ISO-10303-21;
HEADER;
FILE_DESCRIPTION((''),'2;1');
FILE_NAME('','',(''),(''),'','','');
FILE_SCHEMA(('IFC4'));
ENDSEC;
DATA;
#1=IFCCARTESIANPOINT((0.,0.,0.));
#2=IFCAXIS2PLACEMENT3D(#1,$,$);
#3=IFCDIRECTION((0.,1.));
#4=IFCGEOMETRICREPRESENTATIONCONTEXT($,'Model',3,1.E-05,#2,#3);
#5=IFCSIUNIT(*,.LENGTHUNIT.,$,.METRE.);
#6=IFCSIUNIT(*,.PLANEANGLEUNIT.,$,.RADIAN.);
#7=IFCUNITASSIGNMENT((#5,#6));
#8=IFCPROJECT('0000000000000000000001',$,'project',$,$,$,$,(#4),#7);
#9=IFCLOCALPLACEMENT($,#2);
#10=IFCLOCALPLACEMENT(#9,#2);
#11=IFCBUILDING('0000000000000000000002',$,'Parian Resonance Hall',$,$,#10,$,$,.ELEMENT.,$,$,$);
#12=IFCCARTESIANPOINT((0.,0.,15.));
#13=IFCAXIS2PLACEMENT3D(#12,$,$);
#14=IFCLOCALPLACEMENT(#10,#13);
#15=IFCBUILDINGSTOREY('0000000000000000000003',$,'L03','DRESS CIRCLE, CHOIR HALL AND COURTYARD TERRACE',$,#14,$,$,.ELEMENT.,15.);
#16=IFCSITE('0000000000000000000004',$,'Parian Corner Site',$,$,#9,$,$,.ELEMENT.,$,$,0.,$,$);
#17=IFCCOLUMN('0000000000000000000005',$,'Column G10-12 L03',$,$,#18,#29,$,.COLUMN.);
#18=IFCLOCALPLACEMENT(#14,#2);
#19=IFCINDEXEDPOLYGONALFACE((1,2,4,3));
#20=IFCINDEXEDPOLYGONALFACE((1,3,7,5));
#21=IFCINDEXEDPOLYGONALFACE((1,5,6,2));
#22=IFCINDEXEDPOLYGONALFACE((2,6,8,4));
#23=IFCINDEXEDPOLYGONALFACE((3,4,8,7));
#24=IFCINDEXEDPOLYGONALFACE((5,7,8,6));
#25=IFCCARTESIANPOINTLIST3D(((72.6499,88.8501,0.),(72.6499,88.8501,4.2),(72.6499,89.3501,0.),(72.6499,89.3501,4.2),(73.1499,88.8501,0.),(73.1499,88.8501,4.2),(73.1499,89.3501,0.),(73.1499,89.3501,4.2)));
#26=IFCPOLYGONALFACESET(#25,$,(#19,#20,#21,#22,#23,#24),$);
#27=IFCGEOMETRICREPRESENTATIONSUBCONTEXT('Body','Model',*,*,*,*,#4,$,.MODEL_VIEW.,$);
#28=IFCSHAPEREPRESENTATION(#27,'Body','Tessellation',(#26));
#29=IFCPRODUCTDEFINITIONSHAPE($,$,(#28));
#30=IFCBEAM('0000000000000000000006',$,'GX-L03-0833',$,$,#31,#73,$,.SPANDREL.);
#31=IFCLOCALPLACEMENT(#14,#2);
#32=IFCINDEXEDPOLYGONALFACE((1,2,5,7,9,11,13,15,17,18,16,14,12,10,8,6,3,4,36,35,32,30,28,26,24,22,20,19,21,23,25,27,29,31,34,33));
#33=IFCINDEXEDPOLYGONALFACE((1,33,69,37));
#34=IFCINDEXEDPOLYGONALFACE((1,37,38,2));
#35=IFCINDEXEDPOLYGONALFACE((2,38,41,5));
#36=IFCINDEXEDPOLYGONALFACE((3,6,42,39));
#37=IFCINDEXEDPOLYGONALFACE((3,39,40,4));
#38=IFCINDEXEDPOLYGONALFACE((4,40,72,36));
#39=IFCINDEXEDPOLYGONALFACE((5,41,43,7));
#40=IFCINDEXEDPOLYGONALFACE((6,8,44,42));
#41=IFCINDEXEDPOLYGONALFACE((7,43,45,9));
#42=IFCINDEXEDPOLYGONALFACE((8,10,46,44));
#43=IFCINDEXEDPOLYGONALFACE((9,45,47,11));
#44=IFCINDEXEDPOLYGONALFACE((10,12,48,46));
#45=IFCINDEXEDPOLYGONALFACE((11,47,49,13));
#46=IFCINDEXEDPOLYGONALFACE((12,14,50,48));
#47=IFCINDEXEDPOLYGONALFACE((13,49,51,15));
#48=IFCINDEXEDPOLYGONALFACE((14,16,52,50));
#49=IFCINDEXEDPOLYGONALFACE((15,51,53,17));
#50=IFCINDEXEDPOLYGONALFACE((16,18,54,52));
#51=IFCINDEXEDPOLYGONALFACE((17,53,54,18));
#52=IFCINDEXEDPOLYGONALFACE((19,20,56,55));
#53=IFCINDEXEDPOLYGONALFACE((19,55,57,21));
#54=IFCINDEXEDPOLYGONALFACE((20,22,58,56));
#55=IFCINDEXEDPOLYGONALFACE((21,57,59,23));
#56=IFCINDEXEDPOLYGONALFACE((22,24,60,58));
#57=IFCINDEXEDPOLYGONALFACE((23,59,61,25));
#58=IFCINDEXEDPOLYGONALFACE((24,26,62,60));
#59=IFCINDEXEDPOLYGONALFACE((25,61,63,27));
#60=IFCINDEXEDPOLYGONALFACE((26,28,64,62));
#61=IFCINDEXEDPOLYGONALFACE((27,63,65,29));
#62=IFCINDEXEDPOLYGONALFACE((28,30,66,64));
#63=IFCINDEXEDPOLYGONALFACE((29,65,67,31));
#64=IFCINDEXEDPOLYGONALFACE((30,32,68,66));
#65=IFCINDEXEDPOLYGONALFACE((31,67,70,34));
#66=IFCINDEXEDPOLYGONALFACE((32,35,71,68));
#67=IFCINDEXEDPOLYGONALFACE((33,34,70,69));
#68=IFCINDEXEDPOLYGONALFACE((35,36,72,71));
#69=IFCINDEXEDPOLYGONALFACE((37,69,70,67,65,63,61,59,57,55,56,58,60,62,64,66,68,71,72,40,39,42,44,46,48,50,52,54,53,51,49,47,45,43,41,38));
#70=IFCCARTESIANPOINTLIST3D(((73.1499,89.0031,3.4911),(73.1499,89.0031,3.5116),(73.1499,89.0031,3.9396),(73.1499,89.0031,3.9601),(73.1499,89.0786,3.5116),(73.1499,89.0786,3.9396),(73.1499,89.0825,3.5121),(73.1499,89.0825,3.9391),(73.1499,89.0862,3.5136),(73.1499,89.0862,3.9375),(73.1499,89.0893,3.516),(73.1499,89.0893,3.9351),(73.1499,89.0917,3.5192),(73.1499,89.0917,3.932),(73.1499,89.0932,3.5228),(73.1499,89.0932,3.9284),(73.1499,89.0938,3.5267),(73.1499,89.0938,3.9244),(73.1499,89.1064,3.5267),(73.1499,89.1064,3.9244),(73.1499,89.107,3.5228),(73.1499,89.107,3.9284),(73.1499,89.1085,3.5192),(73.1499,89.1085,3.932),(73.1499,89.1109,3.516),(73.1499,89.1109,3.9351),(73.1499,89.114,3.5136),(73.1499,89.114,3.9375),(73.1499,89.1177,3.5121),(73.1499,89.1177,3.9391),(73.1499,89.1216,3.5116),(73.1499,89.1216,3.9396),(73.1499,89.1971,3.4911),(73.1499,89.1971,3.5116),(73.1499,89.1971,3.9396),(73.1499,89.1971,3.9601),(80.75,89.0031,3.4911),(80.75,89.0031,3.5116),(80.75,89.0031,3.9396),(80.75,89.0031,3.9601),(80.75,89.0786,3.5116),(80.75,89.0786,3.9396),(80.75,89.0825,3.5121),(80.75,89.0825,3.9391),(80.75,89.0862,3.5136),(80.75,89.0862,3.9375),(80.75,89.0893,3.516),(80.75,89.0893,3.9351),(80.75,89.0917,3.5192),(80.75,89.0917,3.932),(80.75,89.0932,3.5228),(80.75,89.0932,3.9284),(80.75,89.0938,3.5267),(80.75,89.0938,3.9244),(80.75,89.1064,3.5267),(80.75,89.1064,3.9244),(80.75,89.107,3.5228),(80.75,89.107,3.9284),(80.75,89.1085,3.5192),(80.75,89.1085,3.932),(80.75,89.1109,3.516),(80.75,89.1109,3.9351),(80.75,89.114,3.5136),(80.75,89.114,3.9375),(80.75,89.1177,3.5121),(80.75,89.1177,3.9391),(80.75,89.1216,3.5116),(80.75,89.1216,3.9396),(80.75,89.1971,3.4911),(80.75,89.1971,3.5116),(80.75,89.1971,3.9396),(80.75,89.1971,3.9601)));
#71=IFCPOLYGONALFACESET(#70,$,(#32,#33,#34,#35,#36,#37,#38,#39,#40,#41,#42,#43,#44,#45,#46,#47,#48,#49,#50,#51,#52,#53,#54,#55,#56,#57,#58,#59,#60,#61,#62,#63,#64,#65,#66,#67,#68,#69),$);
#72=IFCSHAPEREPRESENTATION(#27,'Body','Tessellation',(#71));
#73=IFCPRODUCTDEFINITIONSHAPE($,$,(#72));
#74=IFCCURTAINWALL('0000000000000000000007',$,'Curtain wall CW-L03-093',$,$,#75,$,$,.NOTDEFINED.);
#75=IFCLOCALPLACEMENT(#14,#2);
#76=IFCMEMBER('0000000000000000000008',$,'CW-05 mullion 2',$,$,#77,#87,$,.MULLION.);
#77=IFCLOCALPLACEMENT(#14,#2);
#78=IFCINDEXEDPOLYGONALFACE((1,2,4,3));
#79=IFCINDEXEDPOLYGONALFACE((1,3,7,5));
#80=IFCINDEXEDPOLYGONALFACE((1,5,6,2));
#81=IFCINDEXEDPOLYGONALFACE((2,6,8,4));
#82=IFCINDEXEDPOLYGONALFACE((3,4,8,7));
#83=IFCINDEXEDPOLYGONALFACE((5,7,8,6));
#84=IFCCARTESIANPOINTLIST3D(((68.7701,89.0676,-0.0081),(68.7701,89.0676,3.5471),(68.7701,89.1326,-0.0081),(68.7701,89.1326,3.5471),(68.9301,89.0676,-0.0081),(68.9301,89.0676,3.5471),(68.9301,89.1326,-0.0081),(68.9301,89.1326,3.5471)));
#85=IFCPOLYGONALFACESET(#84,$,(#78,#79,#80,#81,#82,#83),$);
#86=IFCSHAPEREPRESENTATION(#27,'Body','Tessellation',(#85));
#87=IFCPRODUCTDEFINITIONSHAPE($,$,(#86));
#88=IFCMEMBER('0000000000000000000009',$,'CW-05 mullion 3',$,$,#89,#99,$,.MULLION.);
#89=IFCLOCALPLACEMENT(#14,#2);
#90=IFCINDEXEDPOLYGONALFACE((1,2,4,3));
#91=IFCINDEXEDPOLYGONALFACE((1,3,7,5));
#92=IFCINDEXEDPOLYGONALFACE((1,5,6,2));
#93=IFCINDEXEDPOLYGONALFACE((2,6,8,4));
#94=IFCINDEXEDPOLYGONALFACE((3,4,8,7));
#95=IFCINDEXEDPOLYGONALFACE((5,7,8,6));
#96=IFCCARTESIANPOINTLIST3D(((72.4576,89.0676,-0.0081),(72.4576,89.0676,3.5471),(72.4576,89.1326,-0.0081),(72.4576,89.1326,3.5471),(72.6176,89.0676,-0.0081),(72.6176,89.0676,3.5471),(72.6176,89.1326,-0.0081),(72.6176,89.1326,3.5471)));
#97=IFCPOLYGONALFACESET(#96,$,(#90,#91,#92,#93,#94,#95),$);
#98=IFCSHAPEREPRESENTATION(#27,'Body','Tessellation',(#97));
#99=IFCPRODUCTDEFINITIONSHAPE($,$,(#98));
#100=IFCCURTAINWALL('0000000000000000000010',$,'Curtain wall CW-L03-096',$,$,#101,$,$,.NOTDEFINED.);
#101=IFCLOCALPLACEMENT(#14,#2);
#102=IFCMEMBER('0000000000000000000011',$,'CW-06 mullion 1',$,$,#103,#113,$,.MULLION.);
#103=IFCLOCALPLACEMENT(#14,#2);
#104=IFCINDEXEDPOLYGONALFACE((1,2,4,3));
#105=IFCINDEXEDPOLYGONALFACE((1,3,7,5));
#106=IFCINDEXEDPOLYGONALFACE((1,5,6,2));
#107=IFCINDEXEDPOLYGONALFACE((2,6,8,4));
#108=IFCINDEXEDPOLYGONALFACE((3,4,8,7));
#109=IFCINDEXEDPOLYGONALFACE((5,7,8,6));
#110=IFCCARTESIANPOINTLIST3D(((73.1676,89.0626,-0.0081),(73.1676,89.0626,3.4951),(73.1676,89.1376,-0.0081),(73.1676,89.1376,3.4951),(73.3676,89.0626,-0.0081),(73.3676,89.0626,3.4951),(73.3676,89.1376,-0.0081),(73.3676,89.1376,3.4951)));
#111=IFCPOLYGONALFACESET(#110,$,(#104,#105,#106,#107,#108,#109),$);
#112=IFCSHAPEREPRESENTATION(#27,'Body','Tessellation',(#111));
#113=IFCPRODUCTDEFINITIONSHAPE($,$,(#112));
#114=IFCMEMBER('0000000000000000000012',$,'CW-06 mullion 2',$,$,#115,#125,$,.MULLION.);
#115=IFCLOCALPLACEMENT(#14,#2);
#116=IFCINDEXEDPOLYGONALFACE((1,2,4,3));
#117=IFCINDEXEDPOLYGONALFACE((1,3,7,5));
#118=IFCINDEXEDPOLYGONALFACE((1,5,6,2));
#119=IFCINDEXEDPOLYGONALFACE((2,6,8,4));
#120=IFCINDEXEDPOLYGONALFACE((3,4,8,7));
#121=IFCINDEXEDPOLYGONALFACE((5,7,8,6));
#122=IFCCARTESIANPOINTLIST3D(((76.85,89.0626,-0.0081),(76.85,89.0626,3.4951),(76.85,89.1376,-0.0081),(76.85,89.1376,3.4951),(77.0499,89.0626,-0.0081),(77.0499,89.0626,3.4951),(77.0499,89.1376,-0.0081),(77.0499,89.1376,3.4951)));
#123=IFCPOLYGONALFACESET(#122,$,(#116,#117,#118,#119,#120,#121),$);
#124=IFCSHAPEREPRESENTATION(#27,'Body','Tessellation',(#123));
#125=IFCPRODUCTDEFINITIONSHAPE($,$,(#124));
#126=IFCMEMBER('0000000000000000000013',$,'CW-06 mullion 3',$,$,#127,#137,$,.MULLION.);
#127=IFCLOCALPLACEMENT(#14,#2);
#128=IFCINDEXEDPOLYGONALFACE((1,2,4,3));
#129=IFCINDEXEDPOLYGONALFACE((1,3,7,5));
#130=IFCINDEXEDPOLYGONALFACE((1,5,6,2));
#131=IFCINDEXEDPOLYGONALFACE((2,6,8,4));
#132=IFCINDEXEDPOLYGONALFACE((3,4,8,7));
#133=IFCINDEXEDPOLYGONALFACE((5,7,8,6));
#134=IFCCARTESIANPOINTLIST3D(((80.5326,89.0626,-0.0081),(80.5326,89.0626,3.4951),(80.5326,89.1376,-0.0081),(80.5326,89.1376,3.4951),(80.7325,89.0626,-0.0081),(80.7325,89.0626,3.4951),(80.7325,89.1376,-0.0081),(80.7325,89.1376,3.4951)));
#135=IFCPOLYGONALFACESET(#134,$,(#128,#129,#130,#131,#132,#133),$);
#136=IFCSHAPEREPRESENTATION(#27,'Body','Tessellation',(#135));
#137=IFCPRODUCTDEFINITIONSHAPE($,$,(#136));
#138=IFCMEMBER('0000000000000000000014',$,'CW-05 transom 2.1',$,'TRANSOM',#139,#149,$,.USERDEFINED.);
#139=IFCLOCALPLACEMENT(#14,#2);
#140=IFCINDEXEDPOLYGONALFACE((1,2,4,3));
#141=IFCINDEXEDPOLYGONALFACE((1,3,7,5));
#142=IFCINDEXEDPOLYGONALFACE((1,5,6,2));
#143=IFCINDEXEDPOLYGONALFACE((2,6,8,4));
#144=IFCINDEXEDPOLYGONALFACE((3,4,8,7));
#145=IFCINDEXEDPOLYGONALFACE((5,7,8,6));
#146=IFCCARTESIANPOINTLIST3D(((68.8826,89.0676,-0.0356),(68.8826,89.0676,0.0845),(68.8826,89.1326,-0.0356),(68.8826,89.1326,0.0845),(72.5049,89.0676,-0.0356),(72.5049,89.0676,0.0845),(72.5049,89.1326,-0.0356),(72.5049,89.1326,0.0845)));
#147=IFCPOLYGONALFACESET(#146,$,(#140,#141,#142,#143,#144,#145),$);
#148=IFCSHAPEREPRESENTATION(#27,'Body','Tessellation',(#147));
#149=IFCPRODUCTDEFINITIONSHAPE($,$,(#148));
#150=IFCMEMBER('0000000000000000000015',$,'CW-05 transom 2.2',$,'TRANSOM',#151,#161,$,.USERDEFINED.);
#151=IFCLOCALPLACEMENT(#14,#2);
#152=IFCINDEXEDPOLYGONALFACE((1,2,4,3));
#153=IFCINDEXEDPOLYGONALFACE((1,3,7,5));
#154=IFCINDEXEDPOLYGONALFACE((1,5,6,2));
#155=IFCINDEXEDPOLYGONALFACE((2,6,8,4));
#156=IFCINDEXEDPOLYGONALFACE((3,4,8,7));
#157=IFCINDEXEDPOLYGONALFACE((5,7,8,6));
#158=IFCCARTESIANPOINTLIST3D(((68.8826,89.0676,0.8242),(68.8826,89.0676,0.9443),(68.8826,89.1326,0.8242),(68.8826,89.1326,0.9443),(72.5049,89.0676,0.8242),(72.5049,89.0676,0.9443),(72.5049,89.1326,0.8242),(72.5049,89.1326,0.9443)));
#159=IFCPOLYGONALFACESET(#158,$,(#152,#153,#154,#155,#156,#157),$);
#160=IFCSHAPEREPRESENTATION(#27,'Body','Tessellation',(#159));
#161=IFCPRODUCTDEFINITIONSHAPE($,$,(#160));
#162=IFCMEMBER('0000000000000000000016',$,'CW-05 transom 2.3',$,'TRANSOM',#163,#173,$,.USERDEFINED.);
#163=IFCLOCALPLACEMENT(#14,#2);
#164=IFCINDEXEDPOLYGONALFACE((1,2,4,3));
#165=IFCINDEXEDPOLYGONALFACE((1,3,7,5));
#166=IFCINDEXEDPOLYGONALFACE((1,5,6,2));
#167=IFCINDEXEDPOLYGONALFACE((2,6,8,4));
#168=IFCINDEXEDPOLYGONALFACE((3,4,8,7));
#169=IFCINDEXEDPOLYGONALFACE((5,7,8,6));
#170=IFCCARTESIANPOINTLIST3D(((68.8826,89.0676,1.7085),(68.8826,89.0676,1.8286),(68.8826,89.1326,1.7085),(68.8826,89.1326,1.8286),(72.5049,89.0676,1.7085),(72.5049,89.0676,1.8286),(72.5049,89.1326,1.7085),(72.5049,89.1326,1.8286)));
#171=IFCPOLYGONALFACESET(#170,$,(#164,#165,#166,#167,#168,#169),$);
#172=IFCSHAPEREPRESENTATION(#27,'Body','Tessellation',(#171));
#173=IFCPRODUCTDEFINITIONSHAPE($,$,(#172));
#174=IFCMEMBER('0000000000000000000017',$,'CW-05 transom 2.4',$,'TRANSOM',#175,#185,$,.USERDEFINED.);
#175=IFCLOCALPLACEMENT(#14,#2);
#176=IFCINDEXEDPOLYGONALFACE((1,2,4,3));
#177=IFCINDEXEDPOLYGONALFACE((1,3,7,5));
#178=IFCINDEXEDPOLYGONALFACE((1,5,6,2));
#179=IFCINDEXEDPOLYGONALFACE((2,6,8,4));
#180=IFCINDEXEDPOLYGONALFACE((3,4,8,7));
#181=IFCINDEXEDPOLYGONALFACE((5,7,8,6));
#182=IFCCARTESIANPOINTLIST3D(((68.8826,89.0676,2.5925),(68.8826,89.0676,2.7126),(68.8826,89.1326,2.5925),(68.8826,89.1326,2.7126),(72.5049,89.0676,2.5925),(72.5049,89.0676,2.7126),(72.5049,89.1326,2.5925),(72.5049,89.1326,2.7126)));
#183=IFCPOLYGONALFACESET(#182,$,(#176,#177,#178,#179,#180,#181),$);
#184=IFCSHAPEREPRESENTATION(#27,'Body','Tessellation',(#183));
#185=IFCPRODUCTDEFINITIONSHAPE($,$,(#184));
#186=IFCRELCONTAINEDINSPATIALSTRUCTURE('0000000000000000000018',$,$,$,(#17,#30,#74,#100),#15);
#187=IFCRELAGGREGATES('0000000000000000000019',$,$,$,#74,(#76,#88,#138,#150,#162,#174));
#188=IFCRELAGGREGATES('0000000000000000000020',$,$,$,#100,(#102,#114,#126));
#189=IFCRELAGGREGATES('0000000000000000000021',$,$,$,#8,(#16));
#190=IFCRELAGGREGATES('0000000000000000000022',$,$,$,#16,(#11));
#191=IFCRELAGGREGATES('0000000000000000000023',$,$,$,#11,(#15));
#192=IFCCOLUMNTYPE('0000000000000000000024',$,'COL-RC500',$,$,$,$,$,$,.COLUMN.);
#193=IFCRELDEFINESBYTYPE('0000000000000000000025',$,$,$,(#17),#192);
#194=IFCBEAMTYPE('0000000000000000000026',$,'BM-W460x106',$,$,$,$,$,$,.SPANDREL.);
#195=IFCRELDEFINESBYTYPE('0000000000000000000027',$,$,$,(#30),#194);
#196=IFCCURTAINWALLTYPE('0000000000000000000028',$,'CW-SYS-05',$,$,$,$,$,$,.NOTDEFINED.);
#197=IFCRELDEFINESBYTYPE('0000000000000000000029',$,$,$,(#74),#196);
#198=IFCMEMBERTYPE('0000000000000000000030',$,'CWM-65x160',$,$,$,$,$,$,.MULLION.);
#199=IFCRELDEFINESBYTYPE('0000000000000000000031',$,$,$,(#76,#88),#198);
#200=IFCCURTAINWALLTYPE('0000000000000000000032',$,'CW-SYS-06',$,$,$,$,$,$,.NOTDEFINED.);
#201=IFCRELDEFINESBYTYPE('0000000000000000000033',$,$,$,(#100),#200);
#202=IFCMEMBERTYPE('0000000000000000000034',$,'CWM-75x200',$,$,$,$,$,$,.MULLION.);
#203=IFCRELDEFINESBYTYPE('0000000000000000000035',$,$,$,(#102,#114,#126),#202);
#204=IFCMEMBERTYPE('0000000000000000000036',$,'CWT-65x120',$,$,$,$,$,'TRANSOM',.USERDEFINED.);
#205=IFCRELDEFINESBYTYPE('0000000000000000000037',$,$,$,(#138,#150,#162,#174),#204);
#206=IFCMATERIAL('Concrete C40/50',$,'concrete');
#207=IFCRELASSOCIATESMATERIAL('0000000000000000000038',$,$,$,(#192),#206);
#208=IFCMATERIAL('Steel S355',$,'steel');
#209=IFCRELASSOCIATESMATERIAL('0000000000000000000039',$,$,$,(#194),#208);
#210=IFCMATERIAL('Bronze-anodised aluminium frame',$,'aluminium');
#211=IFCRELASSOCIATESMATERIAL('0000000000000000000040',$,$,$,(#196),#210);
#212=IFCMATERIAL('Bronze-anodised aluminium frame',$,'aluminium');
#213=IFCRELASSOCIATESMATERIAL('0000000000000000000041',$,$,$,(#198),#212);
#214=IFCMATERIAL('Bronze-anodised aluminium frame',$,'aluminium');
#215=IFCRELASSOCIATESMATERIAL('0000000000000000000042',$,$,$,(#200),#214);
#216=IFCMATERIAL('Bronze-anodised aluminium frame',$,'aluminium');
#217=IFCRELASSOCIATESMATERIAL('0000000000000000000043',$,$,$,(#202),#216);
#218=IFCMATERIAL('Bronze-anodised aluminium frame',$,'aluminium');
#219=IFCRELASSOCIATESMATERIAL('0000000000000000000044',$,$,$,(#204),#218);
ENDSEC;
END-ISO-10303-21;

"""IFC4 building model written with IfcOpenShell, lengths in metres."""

from ifc_helpers import new_model, si_unit, direction, frame, origin, origin_2d, place, context, subcontext, project, spatial, rectangle, i_section, extrude, material, material_profile, profile_set, type_object, element, aggregate, save


model = new_model("IFC4")

# Units and contexts
model_context = context("Model", 3, precision=1e-05, world=origin(), true_north=direction((0.0, 1.0)))
body_context = subcontext(model_context, "Body", "Model", "MODEL_VIEW")
ifc_project = project(units=[si_unit("LENGTHUNIT", "METRE"), si_unit("PLANEANGLEUNIT", "RADIAN")], contexts=[model_context])

# Site, building, storey
site_placement = place(None, origin())
site = spatial("IfcSite", under=ifc_project, at=site_placement, Name="Parian Corner Site", CompositionType="ELEMENT", RefElevation=0.0)
building_placement = place(site_placement, origin())
building = spatial("IfcBuilding", under=site, at=building_placement, Name="Parian Resonance Hall", CompositionType="ELEMENT")
storey_placement = place(building_placement, frame((0.0, 0.0, 15.0)))
storey = spatial("IfcBuildingStorey", under=building, at=storey_placement, Name="L03", Description="DRESS CIRCLE, CHOIR HALL AND COURTYARD TERRACE", CompositionType="ELEMENT", Elevation=15.0)

# Column
ifc_material_1 = material(Name="Concrete C40/50", Category="concrete")
ifc_material_profile_1 = material_profile(ifc_material_1, rectangle(XDim=0.5, YDim=0.5, at=origin_2d()), Name="RC-COL-500x500")
ifc_profile_set_1 = profile_set([ifc_material_profile_1], Name="Concrete C40/50")
column_type = type_object("IfcColumnType", Name="COL-RC500", PredefinedType="COLUMN", material=ifc_profile_set_1)
column_placement = place(storey_placement, frame((72.8999, 89.1001, 0.0), z_axis=(0.0, 0.0, 1.0), x_axis=(1.0, 0.0, 0.0)))
element("IfcColumn", 1, at=column_placement, inside=storey, type_object=column_type, Name="Column G10-12 L03", PredefinedType="COLUMN", context=body_context, shape_type="SweptSolid", body=[
    extrude(rectangle(XDim=0.5, YDim=0.5, at=origin_2d()), origin(), (0.0, 0.0, 1.0), 4.2),
])

# Beam
ifc_material_2 = material(Name="Steel S355", Category="steel")
ifc_material_profile_2 = material_profile(ifc_material_2, i_section(OverallWidth=0.1941, OverallDepth=0.469, WebThickness=0.0127, FlangeThickness=0.0205, FilletRadius=0.0151, at=origin_2d()), Name="W460x106")
ifc_profile_set_2 = profile_set([ifc_material_profile_2], Name="Steel S355")
beam_type = type_object("IfcBeamType", Name="BM-W460x106", PredefinedType="SPANDREL", material=ifc_profile_set_2)
beam_placement = place(storey_placement, frame((73.1499, 89.1001, 3.7256), z_axis=(1.0, 0.0, 0.0), x_axis=(0.0, 1.0, 0.0)))
element("IfcBeam", 2, at=beam_placement, inside=storey, type_object=beam_type, Name="GX-L03-0833", PredefinedType="SPANDREL", context=body_context, shape_type="SweptSolid", body=[
    extrude(i_section(OverallWidth=0.1941, OverallDepth=0.469, WebThickness=0.0127, FlangeThickness=0.0205, FilletRadius=0.0151, at=origin_2d()), origin(), (0.0, 0.0, 1.0), 7.6001),
])

# Curtain walls, members
ifc_material_3 = material(Name="Bronze-anodised aluminium frame", Category="aluminium")
curtain_wall_type_1 = type_object("IfcCurtainWallType", Name="CW-SYS-05", PredefinedType="NOTDEFINED", material=ifc_material_3)
curtain_wall_1_placement = place(storey_placement, origin())
curtain_wall_1 = element("IfcCurtainWall", 3, at=curtain_wall_1_placement, inside=storey, type_object=curtain_wall_type_1, Name="Curtain wall CW-L03-093", PredefinedType="NOTDEFINED")
ifc_material_4 = material(Name="Bronze-anodised aluminium frame", Category="aluminium")
ifc_material_profile_3 = material_profile(ifc_material_4, rectangle(XDim=0.0649, YDim=0.1599, at=origin_2d()), Name="CWM-65x160")
ifc_profile_set_3 = profile_set([ifc_material_profile_3], Name="Bronze-anodised aluminium frame")
member_type_1 = type_object("IfcMemberType", Name="CWM-65x160", PredefinedType="MULLION", material=ifc_profile_set_3)
member_1_placement = place(storey_placement, frame((68.8501, 89.1001, -0.0081), z_axis=(0.0, 0.0, 1.0), x_axis=(0.0, 1.0, 0.0)))
member_1 = element("IfcMember", 4, at=member_1_placement, type_object=member_type_1, Name="CW-05 mullion 2", PredefinedType="MULLION", context=body_context, shape_type="SweptSolid", body=[
    extrude(rectangle(XDim=0.0649, YDim=0.1599, at=origin_2d()), origin(), (0.0, 0.0, 1.0), 3.5552),
])
member_2_placement = place(storey_placement, frame((72.5376, 89.1001, -0.0081), z_axis=(0.0, 0.0, 1.0), x_axis=(0.0, 1.0, 0.0)))
member_2 = element("IfcMember", 5, at=member_2_placement, type_object=member_type_1, Name="CW-05 mullion 3", PredefinedType="MULLION", context=body_context, shape_type="SweptSolid", body=[
    extrude(rectangle(XDim=0.0649, YDim=0.1599, at=origin_2d()), origin(), (0.0, 0.0, 1.0), 3.5552),
])
ifc_material_5 = material(Name="Bronze-anodised aluminium frame", Category="aluminium")
curtain_wall_type_2 = type_object("IfcCurtainWallType", Name="CW-SYS-06", PredefinedType="NOTDEFINED", material=ifc_material_5)
curtain_wall_2_placement = place(storey_placement, origin())
curtain_wall_2 = element("IfcCurtainWall", 6, at=curtain_wall_2_placement, inside=storey, type_object=curtain_wall_type_2, Name="Curtain wall CW-L03-096", PredefinedType="NOTDEFINED")
ifc_material_6 = material(Name="Bronze-anodised aluminium frame", Category="aluminium")
ifc_material_profile_4 = material_profile(ifc_material_6, rectangle(XDim=0.075, YDim=0.2, at=origin_2d()), Name="CWM-75x200")
ifc_profile_set_4 = profile_set([ifc_material_profile_4], Name="Bronze-anodised aluminium frame")
member_type_2 = type_object("IfcMemberType", Name="CWM-75x200", PredefinedType="MULLION", material=ifc_profile_set_4)
member_3_placement = place(storey_placement, frame((73.2676, 89.1001, -0.0081), z_axis=(0.0, 0.0, 1.0), x_axis=(0.0, 1.0, 0.0)))
member_3 = element("IfcMember", 7, at=member_3_placement, type_object=member_type_2, Name="CW-06 mullion 1", PredefinedType="MULLION", context=body_context, shape_type="SweptSolid", body=[
    extrude(rectangle(XDim=0.075, YDim=0.2, at=origin_2d()), origin(), (0.0, 0.0, 1.0), 3.5032),
])
member_4_placement = place(storey_placement, frame((76.95, 89.1001, -0.0081), z_axis=(0.0, 0.0, 1.0), x_axis=(0.0, 1.0, 0.0)))
member_4 = element("IfcMember", 8, at=member_4_placement, type_object=member_type_2, Name="CW-06 mullion 2", PredefinedType="MULLION", context=body_context, shape_type="SweptSolid", body=[
    extrude(rectangle(XDim=0.075, YDim=0.2, at=origin_2d()), origin(), (0.0, 0.0, 1.0), 3.5032),
])
member_5_placement = place(storey_placement, frame((80.6326, 89.1001, -0.0081), z_axis=(0.0, 0.0, 1.0), x_axis=(0.0, 1.0, 0.0)))
member_5 = element("IfcMember", 9, at=member_5_placement, type_object=member_type_2, Name="CW-06 mullion 3", PredefinedType="MULLION", context=body_context, shape_type="SweptSolid", body=[
    extrude(rectangle(XDim=0.075, YDim=0.2, at=origin_2d()), origin(), (0.0, 0.0, 1.0), 3.5032),
])

# Members
ifc_material_7 = material(Name="Bronze-anodised aluminium frame", Category="aluminium")
ifc_material_profile_5 = material_profile(ifc_material_7, rectangle(XDim=0.0649, YDim=0.1201, at=origin_2d()), Name="CWT-65x120")
ifc_profile_set_5 = profile_set([ifc_material_profile_5], Name="Bronze-anodised aluminium frame")
member_type_3 = type_object("IfcMemberType", Name="CWT-65x120", ElementType="TRANSOM", PredefinedType="USERDEFINED", material=ifc_profile_set_5)
member_6_placement = place(storey_placement, frame((68.8826, 89.1001, 0.0244), z_axis=(1.0, 0.0, 0.0), x_axis=(0.0, 1.0, 0.0)))
member_6 = element("IfcMember", 10, at=member_6_placement, type_object=member_type_3, Name="CW-05 transom 2.1", ObjectType="TRANSOM", PredefinedType="USERDEFINED", context=body_context, shape_type="SweptSolid", body=[
    extrude(rectangle(XDim=0.0649, YDim=0.1201, at=origin_2d()), origin(), (0.0, 0.0, 1.0), 3.6223),
])
member_7_placement = place(storey_placement, frame((68.8826, 89.1001, 0.8843), z_axis=(1.0, 0.0, 0.0), x_axis=(0.0, 1.0, 0.0)))
member_7 = element("IfcMember", 11, at=member_7_placement, type_object=member_type_3, Name="CW-05 transom 2.2", ObjectType="TRANSOM", PredefinedType="USERDEFINED", context=body_context, shape_type="SweptSolid", body=[
    extrude(rectangle(XDim=0.0649, YDim=0.1201, at=origin_2d()), origin(), (0.0, 0.0, 1.0), 3.6223),
])
member_8_placement = place(storey_placement, frame((68.8826, 89.1001, 1.7686), z_axis=(1.0, 0.0, 0.0), x_axis=(0.0, 1.0, 0.0)))
member_8 = element("IfcMember", 12, at=member_8_placement, type_object=member_type_3, Name="CW-05 transom 2.3", ObjectType="TRANSOM", PredefinedType="USERDEFINED", context=body_context, shape_type="SweptSolid", body=[
    extrude(rectangle(XDim=0.0649, YDim=0.1201, at=origin_2d()), origin(), (0.0, 0.0, 1.0), 3.6223),
])
member_9_placement = place(storey_placement, frame((68.8826, 89.1001, 2.6526), z_axis=(1.0, 0.0, 0.0), x_axis=(0.0, 1.0, 0.0)))
member_9 = element("IfcMember", 13, at=member_9_placement, type_object=member_type_3, Name="CW-05 transom 2.4", ObjectType="TRANSOM", PredefinedType="USERDEFINED", context=body_context, shape_type="SweptSolid", body=[
    extrude(rectangle(XDim=0.0649, YDim=0.1201, at=origin_2d()), origin(), (0.0, 0.0, 1.0), 3.6223),
])

aggregate(curtain_wall_1, [member_1, member_2, member_6, member_7, member_8, member_9])
aggregate(curtain_wall_2, [member_3, member_4, member_5])

save(model, "model.ifc")
